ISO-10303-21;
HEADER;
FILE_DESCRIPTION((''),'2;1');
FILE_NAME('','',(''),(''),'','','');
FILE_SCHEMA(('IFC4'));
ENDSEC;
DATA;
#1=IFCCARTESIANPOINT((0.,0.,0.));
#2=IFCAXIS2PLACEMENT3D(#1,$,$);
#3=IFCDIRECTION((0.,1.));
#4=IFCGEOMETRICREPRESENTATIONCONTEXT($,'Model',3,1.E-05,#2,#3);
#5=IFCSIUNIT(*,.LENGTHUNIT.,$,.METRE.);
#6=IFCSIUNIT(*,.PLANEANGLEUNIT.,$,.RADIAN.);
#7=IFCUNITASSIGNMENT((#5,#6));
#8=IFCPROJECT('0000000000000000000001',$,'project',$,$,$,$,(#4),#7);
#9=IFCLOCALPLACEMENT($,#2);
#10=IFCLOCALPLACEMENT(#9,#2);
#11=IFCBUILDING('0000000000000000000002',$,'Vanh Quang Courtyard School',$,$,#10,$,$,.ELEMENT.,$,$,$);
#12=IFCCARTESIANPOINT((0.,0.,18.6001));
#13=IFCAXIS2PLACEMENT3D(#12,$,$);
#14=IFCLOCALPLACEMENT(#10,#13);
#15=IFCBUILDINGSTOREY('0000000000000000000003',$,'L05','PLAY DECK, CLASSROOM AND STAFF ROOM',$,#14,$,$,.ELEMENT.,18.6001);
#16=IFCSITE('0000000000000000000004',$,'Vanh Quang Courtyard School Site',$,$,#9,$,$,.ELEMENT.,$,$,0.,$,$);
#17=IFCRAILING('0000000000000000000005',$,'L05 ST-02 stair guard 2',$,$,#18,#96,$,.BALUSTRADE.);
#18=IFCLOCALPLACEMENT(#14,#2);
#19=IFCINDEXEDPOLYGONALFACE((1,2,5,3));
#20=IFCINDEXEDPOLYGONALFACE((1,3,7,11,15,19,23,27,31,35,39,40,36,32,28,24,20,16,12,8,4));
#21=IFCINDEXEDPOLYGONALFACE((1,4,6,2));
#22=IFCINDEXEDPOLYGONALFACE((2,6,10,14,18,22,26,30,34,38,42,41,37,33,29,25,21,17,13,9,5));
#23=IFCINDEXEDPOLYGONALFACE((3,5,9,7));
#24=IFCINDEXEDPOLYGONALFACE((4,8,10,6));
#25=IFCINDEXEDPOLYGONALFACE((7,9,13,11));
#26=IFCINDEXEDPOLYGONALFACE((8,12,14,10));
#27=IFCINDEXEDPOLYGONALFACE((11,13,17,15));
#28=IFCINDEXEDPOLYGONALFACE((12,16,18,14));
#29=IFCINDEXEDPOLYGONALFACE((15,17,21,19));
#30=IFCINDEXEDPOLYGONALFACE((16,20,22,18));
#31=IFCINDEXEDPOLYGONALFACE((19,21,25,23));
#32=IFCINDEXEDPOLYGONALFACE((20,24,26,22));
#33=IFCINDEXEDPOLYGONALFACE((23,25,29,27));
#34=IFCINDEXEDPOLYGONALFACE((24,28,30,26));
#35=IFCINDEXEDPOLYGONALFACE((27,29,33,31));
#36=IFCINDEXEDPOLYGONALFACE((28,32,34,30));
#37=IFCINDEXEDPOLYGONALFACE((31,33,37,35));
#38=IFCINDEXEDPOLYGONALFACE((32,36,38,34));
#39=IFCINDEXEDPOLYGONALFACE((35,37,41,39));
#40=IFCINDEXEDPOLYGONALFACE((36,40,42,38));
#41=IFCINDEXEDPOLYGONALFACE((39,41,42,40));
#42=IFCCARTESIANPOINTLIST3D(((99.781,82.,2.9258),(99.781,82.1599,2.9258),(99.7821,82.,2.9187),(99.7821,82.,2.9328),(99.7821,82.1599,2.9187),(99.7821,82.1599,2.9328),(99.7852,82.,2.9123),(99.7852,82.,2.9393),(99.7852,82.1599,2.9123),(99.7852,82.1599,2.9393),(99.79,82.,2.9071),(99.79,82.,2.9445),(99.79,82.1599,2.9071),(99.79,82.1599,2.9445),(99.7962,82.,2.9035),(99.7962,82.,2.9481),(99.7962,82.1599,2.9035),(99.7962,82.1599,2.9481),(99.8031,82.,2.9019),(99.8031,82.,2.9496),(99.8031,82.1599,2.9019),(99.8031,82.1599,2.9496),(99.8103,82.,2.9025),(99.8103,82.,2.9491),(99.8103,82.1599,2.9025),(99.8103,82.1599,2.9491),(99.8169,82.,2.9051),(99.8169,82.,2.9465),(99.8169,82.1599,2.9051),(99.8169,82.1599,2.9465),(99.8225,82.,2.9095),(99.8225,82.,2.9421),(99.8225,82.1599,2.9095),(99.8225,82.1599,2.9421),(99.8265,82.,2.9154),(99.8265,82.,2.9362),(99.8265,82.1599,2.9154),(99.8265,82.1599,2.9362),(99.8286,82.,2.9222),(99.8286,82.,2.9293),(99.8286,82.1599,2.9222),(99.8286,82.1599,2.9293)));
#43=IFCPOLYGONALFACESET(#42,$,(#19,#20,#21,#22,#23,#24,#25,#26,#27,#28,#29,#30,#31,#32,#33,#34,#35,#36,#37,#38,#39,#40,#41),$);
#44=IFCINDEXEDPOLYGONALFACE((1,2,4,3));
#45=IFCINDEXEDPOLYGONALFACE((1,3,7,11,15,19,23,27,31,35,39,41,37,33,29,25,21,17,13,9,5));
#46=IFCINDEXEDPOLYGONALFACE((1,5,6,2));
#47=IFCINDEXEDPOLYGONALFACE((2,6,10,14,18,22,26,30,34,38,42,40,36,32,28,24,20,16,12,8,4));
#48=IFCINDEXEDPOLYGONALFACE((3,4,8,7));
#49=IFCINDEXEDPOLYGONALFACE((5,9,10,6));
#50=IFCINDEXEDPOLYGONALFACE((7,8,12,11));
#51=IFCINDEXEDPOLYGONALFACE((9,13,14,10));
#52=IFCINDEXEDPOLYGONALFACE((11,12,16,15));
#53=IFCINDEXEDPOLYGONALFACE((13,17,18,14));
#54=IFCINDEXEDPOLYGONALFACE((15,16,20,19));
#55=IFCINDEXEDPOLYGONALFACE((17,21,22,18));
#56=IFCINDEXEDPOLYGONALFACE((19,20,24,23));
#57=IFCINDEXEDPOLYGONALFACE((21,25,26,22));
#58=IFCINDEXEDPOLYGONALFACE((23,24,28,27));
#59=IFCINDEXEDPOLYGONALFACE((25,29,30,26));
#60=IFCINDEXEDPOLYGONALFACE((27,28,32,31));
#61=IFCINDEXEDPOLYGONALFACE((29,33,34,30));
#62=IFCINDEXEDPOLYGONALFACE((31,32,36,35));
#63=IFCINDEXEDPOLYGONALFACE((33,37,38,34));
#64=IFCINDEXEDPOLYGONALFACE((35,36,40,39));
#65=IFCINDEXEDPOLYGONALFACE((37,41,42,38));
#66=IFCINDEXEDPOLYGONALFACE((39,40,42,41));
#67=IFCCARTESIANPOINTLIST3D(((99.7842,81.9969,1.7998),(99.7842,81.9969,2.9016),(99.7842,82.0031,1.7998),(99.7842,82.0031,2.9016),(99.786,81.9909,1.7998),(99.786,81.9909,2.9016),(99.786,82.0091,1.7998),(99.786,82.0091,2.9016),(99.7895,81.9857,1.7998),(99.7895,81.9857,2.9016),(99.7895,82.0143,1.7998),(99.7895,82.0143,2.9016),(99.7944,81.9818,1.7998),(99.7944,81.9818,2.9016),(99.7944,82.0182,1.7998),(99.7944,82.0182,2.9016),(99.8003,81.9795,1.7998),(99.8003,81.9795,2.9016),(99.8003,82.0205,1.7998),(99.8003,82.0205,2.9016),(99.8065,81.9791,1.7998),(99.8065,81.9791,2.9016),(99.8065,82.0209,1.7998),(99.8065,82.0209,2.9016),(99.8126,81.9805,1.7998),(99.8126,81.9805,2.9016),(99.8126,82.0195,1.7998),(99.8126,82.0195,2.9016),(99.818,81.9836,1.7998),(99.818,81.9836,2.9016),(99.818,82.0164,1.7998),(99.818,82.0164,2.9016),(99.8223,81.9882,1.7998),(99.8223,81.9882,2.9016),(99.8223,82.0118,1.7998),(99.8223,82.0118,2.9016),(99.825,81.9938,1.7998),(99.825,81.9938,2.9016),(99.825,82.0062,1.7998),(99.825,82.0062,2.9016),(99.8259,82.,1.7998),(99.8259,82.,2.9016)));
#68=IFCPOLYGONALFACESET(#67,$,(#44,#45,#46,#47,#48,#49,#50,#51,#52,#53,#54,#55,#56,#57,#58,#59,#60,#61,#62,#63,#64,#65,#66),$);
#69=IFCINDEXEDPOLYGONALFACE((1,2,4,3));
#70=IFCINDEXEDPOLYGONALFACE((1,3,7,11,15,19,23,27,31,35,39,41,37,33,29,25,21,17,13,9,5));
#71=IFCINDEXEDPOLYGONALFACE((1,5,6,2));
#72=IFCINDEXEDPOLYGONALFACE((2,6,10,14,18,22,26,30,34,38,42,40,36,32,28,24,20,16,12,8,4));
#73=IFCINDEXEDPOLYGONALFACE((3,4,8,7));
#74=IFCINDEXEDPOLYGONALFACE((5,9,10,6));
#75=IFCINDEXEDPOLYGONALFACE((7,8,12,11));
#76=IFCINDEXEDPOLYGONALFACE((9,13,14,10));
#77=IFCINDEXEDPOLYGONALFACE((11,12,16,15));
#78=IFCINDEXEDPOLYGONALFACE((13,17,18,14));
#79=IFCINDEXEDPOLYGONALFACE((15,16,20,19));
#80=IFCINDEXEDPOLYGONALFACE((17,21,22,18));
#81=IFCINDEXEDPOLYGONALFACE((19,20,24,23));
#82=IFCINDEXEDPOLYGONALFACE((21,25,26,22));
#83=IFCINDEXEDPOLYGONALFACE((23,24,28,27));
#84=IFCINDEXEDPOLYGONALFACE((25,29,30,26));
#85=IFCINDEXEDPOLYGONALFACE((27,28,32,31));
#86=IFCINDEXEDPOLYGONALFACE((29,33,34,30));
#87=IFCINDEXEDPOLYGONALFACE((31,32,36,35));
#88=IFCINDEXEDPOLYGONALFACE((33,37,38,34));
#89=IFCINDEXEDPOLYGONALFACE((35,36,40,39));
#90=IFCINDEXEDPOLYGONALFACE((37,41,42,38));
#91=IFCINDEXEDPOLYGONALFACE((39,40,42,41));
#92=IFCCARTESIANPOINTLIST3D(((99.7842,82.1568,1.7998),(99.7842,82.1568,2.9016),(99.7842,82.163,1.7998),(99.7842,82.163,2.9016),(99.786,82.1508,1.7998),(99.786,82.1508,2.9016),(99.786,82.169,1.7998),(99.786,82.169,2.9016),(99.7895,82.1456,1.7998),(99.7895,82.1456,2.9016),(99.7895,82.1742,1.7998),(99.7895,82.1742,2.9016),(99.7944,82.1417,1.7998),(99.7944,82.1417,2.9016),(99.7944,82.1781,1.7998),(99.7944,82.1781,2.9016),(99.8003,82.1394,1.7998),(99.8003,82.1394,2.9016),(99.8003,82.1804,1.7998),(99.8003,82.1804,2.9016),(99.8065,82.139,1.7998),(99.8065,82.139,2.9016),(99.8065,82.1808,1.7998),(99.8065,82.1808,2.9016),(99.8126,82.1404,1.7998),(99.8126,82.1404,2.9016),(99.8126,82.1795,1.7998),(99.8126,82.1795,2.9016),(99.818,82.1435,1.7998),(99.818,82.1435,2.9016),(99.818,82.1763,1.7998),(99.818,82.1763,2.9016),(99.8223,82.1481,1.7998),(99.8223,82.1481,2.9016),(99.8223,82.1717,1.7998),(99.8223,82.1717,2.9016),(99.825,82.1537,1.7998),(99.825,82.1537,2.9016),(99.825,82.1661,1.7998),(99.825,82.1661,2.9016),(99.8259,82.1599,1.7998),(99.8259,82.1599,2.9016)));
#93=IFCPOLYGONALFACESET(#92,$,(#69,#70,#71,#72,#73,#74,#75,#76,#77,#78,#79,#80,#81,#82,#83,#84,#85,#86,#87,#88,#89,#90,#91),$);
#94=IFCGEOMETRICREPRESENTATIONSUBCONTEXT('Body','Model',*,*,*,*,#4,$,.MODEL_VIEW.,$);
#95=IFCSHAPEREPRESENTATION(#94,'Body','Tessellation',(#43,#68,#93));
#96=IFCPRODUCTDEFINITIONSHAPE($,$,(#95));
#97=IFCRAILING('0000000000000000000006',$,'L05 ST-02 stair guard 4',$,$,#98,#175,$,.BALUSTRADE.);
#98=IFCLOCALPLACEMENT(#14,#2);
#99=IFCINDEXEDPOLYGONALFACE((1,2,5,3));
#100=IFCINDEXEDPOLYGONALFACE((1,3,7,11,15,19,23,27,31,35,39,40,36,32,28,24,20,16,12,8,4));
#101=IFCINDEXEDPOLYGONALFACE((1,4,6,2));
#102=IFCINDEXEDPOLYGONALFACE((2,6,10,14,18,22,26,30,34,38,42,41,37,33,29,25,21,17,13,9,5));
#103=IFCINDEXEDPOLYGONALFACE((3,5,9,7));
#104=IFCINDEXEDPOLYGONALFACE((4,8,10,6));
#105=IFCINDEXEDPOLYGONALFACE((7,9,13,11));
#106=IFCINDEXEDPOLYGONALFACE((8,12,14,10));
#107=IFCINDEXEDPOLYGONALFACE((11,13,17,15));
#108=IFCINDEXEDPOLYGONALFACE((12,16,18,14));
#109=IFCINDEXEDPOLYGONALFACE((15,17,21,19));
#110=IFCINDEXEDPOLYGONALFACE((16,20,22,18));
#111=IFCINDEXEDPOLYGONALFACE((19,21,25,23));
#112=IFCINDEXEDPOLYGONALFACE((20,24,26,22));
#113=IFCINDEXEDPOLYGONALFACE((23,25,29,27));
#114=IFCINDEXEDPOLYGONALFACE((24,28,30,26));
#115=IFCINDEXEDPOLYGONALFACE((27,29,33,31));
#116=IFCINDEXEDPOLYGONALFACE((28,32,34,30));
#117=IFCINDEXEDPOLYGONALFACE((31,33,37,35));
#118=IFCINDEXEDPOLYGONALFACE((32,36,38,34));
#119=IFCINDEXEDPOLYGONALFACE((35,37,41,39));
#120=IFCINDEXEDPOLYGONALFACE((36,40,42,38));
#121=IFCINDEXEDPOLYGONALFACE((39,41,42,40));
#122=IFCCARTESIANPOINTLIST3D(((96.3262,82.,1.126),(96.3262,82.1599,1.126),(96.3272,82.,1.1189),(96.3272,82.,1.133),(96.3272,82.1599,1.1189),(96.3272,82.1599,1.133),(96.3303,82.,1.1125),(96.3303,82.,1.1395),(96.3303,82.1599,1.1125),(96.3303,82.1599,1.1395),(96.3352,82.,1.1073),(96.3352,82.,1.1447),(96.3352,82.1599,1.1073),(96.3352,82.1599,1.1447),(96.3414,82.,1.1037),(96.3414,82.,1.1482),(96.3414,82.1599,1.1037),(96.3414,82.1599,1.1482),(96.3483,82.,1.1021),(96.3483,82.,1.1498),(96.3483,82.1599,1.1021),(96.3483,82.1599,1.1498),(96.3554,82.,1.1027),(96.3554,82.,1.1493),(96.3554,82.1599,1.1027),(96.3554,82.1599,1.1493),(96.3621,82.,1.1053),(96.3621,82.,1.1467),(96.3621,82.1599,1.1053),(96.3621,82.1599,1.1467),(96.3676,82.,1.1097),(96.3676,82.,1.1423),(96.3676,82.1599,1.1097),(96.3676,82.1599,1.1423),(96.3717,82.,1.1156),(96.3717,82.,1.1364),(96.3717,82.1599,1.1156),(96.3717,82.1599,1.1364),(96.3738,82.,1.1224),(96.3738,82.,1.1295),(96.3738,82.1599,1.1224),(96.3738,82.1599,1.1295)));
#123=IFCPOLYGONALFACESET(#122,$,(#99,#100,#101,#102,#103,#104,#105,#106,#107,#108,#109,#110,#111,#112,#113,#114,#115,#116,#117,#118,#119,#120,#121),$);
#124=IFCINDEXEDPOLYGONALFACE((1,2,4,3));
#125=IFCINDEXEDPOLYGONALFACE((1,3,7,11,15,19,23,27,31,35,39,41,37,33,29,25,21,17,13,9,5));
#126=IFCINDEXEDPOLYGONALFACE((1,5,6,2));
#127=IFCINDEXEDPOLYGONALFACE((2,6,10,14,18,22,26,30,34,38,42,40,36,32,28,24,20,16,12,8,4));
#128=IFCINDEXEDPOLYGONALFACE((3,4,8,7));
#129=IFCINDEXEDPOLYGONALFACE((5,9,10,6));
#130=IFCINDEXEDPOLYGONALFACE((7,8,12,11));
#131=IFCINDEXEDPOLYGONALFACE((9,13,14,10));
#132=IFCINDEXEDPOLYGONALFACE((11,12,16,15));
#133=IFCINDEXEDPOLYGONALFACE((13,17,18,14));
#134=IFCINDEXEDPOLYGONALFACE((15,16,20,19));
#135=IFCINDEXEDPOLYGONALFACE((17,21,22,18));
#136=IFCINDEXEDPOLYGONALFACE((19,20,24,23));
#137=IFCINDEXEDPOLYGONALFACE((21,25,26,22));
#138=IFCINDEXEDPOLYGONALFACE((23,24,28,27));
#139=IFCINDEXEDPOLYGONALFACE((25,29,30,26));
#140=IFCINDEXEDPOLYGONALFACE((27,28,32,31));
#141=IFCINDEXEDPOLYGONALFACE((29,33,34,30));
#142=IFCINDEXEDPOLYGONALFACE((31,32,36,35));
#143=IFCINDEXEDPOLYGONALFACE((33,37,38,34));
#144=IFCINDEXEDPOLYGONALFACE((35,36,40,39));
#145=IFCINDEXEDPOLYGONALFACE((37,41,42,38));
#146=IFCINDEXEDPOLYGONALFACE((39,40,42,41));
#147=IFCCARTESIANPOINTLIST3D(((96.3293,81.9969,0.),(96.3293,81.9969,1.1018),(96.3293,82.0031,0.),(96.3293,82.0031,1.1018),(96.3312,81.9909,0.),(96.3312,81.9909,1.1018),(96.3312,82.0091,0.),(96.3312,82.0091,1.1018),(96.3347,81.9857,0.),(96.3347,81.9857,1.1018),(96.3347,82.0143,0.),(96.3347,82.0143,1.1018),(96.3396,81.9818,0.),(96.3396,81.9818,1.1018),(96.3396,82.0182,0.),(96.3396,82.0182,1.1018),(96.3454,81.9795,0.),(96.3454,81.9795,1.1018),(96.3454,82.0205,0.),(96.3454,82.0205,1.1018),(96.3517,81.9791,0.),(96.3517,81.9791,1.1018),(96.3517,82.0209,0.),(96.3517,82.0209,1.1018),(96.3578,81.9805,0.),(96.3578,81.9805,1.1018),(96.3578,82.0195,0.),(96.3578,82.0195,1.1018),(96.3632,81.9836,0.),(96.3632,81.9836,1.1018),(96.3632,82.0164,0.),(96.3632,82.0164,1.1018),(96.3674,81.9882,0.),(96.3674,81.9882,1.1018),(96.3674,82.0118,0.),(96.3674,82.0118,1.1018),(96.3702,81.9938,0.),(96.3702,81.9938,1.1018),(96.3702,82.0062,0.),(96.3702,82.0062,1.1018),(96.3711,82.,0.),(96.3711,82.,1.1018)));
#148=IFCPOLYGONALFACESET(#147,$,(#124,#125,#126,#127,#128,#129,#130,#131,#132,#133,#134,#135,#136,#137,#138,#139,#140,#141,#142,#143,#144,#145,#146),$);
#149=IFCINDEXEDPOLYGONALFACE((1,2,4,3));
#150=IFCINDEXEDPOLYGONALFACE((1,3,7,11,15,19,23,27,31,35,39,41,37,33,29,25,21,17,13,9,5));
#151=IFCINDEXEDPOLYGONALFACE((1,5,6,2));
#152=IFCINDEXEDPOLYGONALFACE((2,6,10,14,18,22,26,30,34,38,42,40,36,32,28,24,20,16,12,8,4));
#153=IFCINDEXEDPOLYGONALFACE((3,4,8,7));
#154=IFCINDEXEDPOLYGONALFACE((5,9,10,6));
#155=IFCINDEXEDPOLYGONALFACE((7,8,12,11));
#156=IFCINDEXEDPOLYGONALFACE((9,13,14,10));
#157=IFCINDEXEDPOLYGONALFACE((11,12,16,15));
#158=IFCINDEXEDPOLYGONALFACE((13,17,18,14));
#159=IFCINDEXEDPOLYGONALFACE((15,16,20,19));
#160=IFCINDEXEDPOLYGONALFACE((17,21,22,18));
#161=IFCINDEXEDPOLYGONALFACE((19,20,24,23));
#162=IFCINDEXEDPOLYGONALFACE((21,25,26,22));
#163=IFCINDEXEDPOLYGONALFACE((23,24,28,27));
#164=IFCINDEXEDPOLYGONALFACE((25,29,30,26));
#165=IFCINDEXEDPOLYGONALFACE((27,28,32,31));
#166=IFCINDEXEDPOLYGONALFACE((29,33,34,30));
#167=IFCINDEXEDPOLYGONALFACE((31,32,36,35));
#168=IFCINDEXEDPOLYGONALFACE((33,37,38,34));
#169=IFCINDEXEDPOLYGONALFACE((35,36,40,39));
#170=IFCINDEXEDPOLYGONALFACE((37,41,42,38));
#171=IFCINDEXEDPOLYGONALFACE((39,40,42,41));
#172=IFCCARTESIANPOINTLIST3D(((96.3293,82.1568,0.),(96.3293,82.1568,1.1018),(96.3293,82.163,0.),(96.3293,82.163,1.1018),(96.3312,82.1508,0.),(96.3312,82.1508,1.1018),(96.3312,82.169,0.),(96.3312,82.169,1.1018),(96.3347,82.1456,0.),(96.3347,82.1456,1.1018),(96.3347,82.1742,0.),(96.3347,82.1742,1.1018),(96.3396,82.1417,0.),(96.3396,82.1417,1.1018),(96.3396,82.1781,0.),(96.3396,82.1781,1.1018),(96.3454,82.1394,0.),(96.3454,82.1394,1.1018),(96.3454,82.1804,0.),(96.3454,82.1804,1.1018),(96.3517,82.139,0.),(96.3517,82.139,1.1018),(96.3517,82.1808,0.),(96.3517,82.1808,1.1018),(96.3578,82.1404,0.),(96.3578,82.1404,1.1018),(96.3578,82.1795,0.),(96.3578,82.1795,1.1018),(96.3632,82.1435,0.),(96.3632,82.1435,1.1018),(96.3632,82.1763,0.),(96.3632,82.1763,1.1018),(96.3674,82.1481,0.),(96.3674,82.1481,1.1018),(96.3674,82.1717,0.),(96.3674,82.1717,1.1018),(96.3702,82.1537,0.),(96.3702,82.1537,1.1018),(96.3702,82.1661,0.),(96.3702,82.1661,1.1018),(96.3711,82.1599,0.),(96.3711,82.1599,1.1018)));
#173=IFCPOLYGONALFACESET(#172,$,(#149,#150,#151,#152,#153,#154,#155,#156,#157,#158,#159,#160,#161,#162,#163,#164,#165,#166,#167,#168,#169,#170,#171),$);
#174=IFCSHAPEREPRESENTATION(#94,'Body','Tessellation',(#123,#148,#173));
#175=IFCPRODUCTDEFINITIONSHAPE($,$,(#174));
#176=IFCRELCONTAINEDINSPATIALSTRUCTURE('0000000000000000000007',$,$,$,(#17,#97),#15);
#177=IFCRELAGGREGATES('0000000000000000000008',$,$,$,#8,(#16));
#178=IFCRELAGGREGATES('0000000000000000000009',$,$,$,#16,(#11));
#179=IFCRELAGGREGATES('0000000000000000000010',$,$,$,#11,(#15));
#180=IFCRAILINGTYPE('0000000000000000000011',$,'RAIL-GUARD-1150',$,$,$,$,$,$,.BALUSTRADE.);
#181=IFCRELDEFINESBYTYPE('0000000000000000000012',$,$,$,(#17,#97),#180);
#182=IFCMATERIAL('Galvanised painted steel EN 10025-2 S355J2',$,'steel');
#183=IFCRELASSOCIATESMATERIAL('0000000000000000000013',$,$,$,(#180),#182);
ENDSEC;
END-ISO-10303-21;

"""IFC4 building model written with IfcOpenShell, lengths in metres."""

from ifc_helpers import new_model, si_unit, direction, frame, origin, origin_2d, place, context, subcontext, project, spatial, circle, extrude, material, type_object, element, save


model = new_model("IFC4")

# Units and contexts
model_context = context("Model", 3, precision=1e-05, world=origin(), true_north=direction((0.0, 1.0)))
body_context = subcontext(model_context, "Body", "Model", "MODEL_VIEW")
ifc_project = project(units=[si_unit("LENGTHUNIT", "METRE"), si_unit("PLANEANGLEUNIT", "RADIAN")], contexts=[model_context])

# Site, building, storey
site_placement = place(None, origin())
site = spatial("IfcSite", under=ifc_project, at=site_placement, Name="Vanh Quang Courtyard School Site", CompositionType="ELEMENT", RefElevation=0.0)
building_placement = place(site_placement, origin())
building = spatial("IfcBuilding", under=site, at=building_placement, Name="Vanh Quang Courtyard School", CompositionType="ELEMENT")
storey_placement = place(building_placement, frame((0.0, 0.0, 18.6001)))
storey = spatial("IfcBuildingStorey", under=building, at=storey_placement, Name="L05", Description="PLAY DECK, CLASSROOM AND STAFF ROOM", CompositionType="ELEMENT", Elevation=18.6001)

# Railings
ifc_material_1 = material(Name="Galvanised painted steel EN 10025-2 S355J2", Category="steel")
railing_type_1 = type_object("IfcRailingType", Name="RAIL-GUARD-1150", PredefinedType="BALUSTRADE", material=ifc_material_1)
for number, where, name in (
    (1, (99.8049, 82.0, 1.7998), "L05 ST-02 stair guard 2"),
    (2, (96.3501, 82.0, 0.0), "L05 ST-02 stair guard 4"),
):
    element("IfcRailing", number, at=place(storey_placement, frame(where)), inside=storey, type_object=railing_type_1, Name=name, PredefinedType="BALUSTRADE", context=body_context, shape_type="SweptSolid", body=[
        extrude(circle(Radius=0.0239, at=origin_2d()), frame((0.0, 0.0, 1.126), z_axis=(0.0, 1.0, 0.0), x_axis=(-1.0, 0.0, 0.0)), (0.0, 0.0, 1.0), 0.1599),
        extrude(circle(Radius=0.021, at=origin_2d()), origin(), (0.0, 0.0, 1.0), 1.1018),
        extrude(circle(Radius=0.021, at=origin_2d()), frame((0.0, 0.1599, 0.0)), (0.0, 0.0, 1.0), 1.1018),
    ])

save(model, "model.ifc")
